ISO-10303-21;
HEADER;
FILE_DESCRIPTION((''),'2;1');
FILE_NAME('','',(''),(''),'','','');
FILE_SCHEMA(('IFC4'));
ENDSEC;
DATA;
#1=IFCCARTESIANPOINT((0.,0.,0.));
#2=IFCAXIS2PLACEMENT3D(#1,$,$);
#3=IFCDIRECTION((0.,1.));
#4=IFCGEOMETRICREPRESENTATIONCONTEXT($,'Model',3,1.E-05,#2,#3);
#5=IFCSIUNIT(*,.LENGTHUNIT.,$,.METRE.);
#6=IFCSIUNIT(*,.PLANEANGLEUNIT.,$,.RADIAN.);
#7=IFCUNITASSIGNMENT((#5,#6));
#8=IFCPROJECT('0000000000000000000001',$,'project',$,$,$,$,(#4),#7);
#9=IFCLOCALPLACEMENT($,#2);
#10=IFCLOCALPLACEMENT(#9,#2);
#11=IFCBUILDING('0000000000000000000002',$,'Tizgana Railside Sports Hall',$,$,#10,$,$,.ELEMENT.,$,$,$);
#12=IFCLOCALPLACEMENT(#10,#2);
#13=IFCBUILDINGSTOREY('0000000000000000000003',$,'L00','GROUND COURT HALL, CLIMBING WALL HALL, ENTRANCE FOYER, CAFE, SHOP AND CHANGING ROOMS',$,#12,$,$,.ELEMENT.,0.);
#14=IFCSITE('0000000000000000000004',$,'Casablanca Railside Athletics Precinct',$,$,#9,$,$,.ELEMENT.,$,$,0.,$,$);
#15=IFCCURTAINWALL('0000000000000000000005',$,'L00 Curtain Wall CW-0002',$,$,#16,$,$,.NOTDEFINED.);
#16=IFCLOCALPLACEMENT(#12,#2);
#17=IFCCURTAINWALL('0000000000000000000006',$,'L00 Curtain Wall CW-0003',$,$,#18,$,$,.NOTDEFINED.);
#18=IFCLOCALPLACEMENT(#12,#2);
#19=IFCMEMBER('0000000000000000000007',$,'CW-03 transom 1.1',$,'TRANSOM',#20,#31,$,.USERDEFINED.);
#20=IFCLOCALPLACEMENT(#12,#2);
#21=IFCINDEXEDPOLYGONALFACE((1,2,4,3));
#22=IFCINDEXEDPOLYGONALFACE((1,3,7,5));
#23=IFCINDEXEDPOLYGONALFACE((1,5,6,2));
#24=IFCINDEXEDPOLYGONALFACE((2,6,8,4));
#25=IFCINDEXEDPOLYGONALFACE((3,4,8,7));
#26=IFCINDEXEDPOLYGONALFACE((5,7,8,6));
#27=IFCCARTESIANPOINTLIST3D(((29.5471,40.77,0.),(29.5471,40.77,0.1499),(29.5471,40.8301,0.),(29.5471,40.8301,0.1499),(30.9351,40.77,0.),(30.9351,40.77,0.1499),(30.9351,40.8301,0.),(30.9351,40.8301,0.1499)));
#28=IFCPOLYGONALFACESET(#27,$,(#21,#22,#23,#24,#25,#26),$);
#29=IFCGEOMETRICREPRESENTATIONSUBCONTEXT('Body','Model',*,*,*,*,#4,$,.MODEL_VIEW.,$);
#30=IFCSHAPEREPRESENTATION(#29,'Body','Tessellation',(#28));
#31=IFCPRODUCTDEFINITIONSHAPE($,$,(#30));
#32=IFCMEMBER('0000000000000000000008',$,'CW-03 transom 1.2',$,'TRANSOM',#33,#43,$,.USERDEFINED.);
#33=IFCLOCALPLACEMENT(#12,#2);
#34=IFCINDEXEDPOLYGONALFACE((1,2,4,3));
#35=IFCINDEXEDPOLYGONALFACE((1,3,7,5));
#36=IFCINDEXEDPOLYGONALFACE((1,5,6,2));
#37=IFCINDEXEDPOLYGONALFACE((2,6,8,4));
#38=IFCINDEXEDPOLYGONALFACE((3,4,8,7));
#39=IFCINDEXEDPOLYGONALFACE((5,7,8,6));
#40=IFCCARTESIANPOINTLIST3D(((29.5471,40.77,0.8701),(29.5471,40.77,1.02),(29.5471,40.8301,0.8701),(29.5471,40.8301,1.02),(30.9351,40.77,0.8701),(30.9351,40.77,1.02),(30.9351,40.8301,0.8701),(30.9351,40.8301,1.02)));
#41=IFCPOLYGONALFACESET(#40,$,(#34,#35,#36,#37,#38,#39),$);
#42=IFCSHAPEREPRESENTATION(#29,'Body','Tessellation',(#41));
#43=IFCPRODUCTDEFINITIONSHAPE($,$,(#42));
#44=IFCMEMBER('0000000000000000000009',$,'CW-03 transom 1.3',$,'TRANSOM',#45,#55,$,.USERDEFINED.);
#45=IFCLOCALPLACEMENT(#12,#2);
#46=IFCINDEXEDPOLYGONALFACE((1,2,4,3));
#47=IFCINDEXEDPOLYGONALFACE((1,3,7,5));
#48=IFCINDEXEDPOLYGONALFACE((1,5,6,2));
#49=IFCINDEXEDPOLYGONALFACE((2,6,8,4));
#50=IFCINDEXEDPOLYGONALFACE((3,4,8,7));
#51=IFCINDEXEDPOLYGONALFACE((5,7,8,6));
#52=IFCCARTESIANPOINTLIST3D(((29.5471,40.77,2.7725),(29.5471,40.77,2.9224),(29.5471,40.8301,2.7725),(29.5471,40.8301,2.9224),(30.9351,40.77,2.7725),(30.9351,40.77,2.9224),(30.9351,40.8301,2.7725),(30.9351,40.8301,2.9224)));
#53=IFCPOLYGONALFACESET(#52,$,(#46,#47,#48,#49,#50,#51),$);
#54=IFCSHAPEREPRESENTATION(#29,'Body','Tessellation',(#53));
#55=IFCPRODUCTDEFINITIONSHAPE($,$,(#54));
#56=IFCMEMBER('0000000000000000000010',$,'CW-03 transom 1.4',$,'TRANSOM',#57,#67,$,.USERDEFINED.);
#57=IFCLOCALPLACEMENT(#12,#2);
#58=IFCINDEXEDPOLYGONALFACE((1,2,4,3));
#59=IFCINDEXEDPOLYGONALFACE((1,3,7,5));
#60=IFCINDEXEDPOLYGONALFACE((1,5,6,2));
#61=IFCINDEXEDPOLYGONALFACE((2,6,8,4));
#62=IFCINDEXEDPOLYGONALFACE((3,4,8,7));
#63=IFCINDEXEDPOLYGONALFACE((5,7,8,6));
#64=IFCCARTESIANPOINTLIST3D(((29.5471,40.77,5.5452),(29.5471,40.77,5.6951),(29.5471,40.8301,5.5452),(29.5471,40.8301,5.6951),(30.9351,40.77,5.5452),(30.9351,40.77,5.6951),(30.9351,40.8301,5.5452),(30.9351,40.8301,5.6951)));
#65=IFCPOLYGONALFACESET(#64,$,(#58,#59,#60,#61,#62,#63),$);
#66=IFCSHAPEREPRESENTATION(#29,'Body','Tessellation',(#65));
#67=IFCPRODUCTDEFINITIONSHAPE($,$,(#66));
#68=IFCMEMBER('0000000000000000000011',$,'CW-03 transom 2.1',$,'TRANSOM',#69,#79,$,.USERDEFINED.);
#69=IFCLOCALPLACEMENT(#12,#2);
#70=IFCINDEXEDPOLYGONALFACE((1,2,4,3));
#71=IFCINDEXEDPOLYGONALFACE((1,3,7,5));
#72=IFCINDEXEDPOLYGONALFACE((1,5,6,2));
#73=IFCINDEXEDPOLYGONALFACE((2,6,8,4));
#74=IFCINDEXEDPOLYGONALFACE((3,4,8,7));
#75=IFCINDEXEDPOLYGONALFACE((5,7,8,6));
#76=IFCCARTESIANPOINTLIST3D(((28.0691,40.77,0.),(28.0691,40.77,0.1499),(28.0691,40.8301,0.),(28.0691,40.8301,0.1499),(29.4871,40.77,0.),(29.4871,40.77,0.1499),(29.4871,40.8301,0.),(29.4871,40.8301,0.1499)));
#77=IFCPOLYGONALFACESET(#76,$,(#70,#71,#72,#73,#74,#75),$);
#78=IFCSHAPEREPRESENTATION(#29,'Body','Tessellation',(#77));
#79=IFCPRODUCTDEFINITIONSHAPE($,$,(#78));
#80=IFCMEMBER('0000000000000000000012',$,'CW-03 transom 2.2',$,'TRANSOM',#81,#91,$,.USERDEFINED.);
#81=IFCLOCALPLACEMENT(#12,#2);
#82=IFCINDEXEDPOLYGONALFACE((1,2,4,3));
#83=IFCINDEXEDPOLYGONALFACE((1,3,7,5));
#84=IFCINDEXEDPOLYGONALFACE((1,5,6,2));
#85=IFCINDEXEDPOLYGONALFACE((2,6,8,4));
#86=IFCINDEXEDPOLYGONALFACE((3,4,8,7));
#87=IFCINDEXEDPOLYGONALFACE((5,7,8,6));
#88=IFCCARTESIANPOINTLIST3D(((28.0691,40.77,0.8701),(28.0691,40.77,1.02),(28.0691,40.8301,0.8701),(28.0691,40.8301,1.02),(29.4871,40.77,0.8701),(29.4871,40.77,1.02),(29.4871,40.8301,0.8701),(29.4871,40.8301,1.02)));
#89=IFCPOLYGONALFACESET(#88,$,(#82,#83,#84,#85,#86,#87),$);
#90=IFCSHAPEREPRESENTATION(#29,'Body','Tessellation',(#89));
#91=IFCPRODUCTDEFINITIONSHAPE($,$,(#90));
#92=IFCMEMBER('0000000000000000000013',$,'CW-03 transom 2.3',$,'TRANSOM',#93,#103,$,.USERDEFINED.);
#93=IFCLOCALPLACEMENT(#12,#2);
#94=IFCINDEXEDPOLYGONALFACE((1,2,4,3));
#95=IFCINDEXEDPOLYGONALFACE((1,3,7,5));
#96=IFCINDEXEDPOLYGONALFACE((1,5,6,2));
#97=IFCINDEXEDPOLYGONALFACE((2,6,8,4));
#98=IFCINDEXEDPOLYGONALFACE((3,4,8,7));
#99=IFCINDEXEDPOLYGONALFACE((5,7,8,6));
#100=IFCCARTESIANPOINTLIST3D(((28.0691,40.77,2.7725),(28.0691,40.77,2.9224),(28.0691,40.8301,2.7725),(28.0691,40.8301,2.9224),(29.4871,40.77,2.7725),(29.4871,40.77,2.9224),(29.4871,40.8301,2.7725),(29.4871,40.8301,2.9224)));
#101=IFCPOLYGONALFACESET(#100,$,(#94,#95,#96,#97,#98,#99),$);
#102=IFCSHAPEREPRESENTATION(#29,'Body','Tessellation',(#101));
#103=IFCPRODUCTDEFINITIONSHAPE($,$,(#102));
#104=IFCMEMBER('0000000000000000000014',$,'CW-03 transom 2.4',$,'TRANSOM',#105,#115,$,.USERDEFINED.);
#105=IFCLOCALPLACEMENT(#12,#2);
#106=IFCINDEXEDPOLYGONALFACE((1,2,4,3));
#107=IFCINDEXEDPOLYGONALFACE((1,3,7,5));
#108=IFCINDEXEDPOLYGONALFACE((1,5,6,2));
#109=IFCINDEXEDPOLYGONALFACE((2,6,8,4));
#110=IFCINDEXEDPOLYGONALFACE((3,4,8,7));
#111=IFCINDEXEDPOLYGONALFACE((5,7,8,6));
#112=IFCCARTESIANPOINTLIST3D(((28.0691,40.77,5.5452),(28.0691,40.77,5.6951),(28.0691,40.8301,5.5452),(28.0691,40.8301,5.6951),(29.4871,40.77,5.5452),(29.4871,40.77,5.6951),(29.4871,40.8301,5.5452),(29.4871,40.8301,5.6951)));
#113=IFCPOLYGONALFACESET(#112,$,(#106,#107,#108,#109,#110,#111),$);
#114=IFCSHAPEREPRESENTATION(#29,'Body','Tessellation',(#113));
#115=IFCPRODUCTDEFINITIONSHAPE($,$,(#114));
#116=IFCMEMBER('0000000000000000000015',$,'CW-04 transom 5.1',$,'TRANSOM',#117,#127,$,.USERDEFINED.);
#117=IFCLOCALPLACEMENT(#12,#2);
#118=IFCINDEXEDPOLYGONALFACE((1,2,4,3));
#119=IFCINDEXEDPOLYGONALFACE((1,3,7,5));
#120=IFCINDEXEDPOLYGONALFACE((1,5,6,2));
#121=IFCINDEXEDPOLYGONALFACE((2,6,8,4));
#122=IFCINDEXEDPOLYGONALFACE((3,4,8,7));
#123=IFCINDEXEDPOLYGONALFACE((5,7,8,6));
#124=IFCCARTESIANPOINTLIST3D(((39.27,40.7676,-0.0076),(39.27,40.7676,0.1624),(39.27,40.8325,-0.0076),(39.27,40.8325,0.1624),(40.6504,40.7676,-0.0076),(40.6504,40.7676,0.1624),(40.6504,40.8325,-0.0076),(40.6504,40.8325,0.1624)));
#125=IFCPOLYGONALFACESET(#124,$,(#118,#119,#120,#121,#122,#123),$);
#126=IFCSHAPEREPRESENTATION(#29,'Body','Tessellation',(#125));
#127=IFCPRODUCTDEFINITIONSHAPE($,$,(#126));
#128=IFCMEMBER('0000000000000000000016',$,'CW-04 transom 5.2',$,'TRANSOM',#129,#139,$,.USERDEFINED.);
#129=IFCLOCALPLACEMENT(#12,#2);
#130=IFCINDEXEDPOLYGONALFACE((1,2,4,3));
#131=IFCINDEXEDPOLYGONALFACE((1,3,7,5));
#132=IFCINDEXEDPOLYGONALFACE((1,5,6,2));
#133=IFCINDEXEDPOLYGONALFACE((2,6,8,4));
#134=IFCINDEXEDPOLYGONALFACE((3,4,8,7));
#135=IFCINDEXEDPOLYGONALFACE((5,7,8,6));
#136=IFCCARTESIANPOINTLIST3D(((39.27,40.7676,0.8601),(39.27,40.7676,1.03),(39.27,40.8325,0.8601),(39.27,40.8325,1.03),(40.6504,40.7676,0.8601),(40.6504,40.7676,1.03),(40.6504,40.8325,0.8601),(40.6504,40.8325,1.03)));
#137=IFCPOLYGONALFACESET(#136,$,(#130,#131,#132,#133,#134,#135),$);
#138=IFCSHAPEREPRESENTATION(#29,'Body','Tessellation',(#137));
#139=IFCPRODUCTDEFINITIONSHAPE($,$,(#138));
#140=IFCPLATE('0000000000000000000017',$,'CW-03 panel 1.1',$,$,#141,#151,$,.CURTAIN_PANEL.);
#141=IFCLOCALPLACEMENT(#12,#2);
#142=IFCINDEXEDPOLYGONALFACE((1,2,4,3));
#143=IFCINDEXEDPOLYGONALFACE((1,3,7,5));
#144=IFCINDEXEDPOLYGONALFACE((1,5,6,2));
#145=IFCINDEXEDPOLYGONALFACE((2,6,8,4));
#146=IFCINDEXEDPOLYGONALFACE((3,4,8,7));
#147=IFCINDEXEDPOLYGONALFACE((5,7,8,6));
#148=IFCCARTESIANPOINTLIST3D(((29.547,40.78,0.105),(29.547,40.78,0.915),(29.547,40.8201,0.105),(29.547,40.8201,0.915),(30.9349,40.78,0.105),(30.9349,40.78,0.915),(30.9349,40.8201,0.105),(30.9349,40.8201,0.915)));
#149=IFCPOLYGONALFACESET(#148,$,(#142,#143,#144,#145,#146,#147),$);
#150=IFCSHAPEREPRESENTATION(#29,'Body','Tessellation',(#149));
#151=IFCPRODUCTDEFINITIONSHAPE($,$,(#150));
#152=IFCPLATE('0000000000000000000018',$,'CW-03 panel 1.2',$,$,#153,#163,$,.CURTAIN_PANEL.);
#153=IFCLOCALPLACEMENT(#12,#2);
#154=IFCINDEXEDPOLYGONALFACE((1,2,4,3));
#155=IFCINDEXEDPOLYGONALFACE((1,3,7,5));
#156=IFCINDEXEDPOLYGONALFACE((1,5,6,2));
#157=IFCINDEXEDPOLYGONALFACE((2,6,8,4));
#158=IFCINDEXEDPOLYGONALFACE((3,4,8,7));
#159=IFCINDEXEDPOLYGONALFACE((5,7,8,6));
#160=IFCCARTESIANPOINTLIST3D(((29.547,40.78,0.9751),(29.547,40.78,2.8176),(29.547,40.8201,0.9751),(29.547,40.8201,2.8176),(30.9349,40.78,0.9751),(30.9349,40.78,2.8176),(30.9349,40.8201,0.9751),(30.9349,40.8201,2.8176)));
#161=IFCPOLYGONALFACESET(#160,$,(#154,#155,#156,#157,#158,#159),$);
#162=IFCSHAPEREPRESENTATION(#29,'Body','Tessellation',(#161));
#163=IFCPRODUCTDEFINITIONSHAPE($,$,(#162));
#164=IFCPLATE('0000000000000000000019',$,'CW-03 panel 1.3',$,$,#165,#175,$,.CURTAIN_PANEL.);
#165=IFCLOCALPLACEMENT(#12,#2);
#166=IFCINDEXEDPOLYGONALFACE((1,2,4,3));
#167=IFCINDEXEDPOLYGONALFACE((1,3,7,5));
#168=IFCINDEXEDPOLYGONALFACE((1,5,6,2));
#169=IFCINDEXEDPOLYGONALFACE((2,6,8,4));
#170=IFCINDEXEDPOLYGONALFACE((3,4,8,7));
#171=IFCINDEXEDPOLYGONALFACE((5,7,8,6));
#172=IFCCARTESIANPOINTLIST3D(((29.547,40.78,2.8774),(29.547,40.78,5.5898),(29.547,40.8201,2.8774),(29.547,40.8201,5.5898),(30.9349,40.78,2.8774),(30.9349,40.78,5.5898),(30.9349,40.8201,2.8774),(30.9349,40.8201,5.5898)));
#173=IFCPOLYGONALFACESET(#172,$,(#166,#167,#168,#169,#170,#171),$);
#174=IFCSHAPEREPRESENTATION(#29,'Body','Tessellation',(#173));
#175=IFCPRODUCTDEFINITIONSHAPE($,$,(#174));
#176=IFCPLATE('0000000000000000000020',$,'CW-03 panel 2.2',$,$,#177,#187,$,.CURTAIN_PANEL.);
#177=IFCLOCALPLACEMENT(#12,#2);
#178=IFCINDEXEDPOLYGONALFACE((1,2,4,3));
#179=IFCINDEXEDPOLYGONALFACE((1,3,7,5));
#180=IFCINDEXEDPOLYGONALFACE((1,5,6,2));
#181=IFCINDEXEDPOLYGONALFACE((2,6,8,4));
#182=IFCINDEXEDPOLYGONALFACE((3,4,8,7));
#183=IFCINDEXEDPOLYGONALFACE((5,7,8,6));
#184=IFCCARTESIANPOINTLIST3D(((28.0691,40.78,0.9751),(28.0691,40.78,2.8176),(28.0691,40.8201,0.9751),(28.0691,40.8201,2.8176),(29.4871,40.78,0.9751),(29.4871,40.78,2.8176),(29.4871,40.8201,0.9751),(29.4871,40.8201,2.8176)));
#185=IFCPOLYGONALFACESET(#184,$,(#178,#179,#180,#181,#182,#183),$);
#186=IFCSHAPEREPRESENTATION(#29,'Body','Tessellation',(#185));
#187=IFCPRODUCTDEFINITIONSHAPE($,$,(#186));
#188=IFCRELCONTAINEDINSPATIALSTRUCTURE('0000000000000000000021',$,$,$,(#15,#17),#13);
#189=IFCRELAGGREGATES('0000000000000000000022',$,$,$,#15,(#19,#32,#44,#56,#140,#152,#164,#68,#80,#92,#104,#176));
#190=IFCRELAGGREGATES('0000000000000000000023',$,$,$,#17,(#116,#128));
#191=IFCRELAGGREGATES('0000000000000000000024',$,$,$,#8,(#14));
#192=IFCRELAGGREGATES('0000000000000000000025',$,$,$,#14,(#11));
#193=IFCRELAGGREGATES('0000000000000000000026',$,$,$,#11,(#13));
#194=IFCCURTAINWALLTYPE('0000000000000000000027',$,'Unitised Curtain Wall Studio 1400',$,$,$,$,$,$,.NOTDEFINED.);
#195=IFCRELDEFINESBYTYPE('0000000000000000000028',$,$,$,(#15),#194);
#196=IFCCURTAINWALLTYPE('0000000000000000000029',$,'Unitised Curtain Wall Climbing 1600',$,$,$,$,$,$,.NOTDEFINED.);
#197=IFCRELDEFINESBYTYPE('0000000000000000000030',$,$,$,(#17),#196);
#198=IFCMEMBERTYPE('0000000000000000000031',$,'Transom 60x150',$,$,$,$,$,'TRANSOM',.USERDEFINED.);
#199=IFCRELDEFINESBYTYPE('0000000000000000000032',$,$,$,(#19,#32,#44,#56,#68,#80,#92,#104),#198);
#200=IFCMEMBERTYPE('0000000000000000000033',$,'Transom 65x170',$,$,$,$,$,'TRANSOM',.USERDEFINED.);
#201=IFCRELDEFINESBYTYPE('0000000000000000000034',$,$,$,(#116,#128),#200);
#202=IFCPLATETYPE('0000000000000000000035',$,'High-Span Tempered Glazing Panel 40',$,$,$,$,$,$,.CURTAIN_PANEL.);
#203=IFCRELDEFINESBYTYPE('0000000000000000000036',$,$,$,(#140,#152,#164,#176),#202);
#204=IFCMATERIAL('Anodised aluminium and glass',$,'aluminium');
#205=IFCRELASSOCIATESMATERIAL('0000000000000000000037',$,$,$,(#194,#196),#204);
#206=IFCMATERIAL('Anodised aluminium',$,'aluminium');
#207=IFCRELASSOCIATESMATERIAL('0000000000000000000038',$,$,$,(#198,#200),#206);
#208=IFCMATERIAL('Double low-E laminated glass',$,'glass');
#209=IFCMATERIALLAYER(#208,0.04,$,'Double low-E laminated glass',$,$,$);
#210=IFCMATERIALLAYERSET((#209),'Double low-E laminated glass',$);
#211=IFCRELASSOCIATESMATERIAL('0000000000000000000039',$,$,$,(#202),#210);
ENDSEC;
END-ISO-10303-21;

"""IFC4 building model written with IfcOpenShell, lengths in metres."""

from ifc_helpers import new_model, si_unit, direction, frame, origin, origin_2d, place, context, subcontext, project, spatial, rectangle, extrude, material, layer, layer_set, material_profile, profile_set, type_object, element, aggregate, save


model = new_model("IFC4")

# Units and contexts
model_context = context("Model", 3, precision=1e-05, world=origin(), true_north=direction((0.0, 1.0)))
body_context = subcontext(model_context, "Body", "Model", "MODEL_VIEW")
ifc_project = project(units=[si_unit("LENGTHUNIT", "METRE"), si_unit("PLANEANGLEUNIT", "RADIAN")], contexts=[model_context])

# Site, building, storey
site_placement = place(None, origin())
site = spatial("IfcSite", under=ifc_project, at=site_placement, Name="Casablanca Railside Athletics Precinct", CompositionType="ELEMENT", RefElevation=0.0)
building_placement = place(site_placement, origin())
building = spatial("IfcBuilding", under=site, at=building_placement, Name="Tizgana Railside Sports Hall", CompositionType="ELEMENT")
storey_placement = place(building_placement, origin())
storey = spatial("IfcBuildingStorey", under=building, at=storey_placement, Name="L00", Description="GROUND COURT HALL, CLIMBING WALL HALL, ENTRANCE FOYER, CAFE, SHOP AND CHANGING ROOMS", CompositionType="ELEMENT", Elevation=0.0)

# Curtain wall
ifc_material_1 = material(Name="Anodised aluminium and glass", Category="aluminium")
curtain_wall_type_1 = type_object("IfcCurtainWallType", Name="Unitised Curtain Wall Studio 1400", PredefinedType="NOTDEFINED", material=ifc_material_1)
curtain_wall_1_placement = place(storey_placement, origin())
curtain_wall_1 = element("IfcCurtainWall", 1, at=curtain_wall_1_placement, inside=storey, type_object=curtain_wall_type_1, Name="L00 Curtain Wall CW-0002", PredefinedType="NOTDEFINED")
ifc_material_2 = material(Name="Anodised aluminium", Category="aluminium")

# Curtain wall
curtain_wall_type_2 = type_object("IfcCurtainWallType", Name="Unitised Curtain Wall Climbing 1600", PredefinedType="NOTDEFINED", material=ifc_material_1)
curtain_wall_2_placement = place(storey_placement, origin())
curtain_wall_2 = element("IfcCurtainWall", 2, at=curtain_wall_2_placement, inside=storey, type_object=curtain_wall_type_2, Name="L00 Curtain Wall CW-0003", PredefinedType="NOTDEFINED")

# Members
ifc_material_profile_1 = material_profile(ifc_material_2, rectangle(XDim=0.0601, YDim=0.1499, at=origin_2d()), Name="Transom 60x150")
ifc_profile_set_1 = profile_set([ifc_material_profile_1], Name="Anodised aluminium")
member_type_1 = type_object("IfcMemberType", Name="Transom 60x150", ElementType="TRANSOM", PredefinedType="USERDEFINED", material=ifc_profile_set_1)
member_1_placement = place(storey_placement, frame((30.9351, 40.8, 0.075), z_axis=(-1.0, 0.0, 0.0), x_axis=(0.0, -1.0, 0.0)))
member_1 = element("IfcMember", 3, at=member_1_placement, type_object=member_type_1, Name="CW-03 transom 1.1", ObjectType="TRANSOM", PredefinedType="USERDEFINED", context=body_context, shape_type="SweptSolid", body=[
    extrude(rectangle(XDim=0.0601, YDim=0.1499, at=origin_2d()), origin(), (0.0, 0.0, 1.0), 1.3879),
])
member_2_placement = place(storey_placement, frame((30.9351, 40.8, 0.9451), z_axis=(-1.0, 0.0, 0.0), x_axis=(0.0, -1.0, 0.0)))
member_2 = element("IfcMember", 4, at=member_2_placement, type_object=member_type_1, Name="CW-03 transom 1.2", ObjectType="TRANSOM", PredefinedType="USERDEFINED", context=body_context, shape_type="SweptSolid", body=[
    extrude(rectangle(XDim=0.0601, YDim=0.1499, at=origin_2d()), origin(), (0.0, 0.0, 1.0), 1.3879),
])
member_3_placement = place(storey_placement, frame((30.9351, 40.8, 2.8474), z_axis=(-1.0, 0.0, 0.0), x_axis=(0.0, -1.0, 0.0)))
member_3 = element("IfcMember", 5, at=member_3_placement, type_object=member_type_1, Name="CW-03 transom 1.3", ObjectType="TRANSOM", PredefinedType="USERDEFINED", context=body_context, shape_type="SweptSolid", body=[
    extrude(rectangle(XDim=0.0601, YDim=0.1499, at=origin_2d()), origin(), (0.0, 0.0, 1.0), 1.3879),
])
member_4_placement = place(storey_placement, frame((30.9351, 40.8, 5.6201), z_axis=(-1.0, 0.0, 0.0), x_axis=(0.0, -1.0, 0.0)))
member_4 = element("IfcMember", 6, at=member_4_placement, type_object=member_type_1, Name="CW-03 transom 1.4", ObjectType="TRANSOM", PredefinedType="USERDEFINED", context=body_context, shape_type="SweptSolid", body=[
    extrude(rectangle(XDim=0.0601, YDim=0.1499, at=origin_2d()), origin(), (0.0, 0.0, 1.0), 1.3879),
])
member_5_placement = place(storey_placement, frame((29.4871, 40.8, 0.075), z_axis=(-1.0, 0.0, 0.0), x_axis=(0.0, -1.0, 0.0)))
member_5 = element("IfcMember", 7, at=member_5_placement, type_object=member_type_1, Name="CW-03 transom 2.1", ObjectType="TRANSOM", PredefinedType="USERDEFINED", context=body_context, shape_type="SweptSolid", body=[
    extrude(rectangle(XDim=0.0601, YDim=0.1499, at=origin_2d()), origin(), (0.0, 0.0, 1.0), 1.418),
])
member_6_placement = place(storey_placement, frame((29.4871, 40.8, 0.9451), z_axis=(-1.0, 0.0, 0.0), x_axis=(0.0, -1.0, 0.0)))
member_6 = element("IfcMember", 8, at=member_6_placement, type_object=member_type_1, Name="CW-03 transom 2.2", ObjectType="TRANSOM", PredefinedType="USERDEFINED", context=body_context, shape_type="SweptSolid", body=[
    extrude(rectangle(XDim=0.0601, YDim=0.1499, at=origin_2d()), origin(), (0.0, 0.0, 1.0), 1.418),
])
member_7_placement = place(storey_placement, frame((29.4871, 40.8, 2.8474), z_axis=(-1.0, 0.0, 0.0), x_axis=(0.0, -1.0, 0.0)))
member_7 = element("IfcMember", 9, at=member_7_placement, type_object=member_type_1, Name="CW-03 transom 2.3", ObjectType="TRANSOM", PredefinedType="USERDEFINED", context=body_context, shape_type="SweptSolid", body=[
    extrude(rectangle(XDim=0.0601, YDim=0.1499, at=origin_2d()), origin(), (0.0, 0.0, 1.0), 1.418),
])
member_8_placement = place(storey_placement, frame((29.4871, 40.8, 5.6201), z_axis=(-1.0, 0.0, 0.0), x_axis=(0.0, -1.0, 0.0)))
member_8 = element("IfcMember", 10, at=member_8_placement, type_object=member_type_1, Name="CW-03 transom 2.4", ObjectType="TRANSOM", PredefinedType="USERDEFINED", context=body_context, shape_type="SweptSolid", body=[
    extrude(rectangle(XDim=0.0601, YDim=0.1499, at=origin_2d()), origin(), (0.0, 0.0, 1.0), 1.418),
])
ifc_material_profile_2 = material_profile(ifc_material_2, rectangle(XDim=0.0649, YDim=0.1699, at=origin_2d()), Name="Transom 65x170")
ifc_profile_set_2 = profile_set([ifc_material_profile_2], Name="Anodised aluminium")
member_type_2 = type_object("IfcMemberType", Name="Transom 65x170", ElementType="TRANSOM", PredefinedType="USERDEFINED", material=ifc_profile_set_2)
member_9_placement = place(storey_placement, frame((40.6504, 40.8, 0.0774), z_axis=(-1.0, 0.0, 0.0), x_axis=(0.0, -1.0, 0.0)))
member_9 = element("IfcMember", 11, at=member_9_placement, type_object=member_type_2, Name="CW-04 transom 5.1", ObjectType="TRANSOM", PredefinedType="USERDEFINED", context=body_context, shape_type="SweptSolid", body=[
    extrude(rectangle(XDim=0.0649, YDim=0.1699, at=origin_2d()), origin(), (0.0, 0.0, 1.0), 1.3804),
])
member_10_placement = place(storey_placement, frame((40.6504, 40.8, 0.9451), z_axis=(-1.0, 0.0, 0.0), x_axis=(0.0, -1.0, 0.0)))
member_10 = element("IfcMember", 12, at=member_10_placement, type_object=member_type_2, Name="CW-04 transom 5.2", ObjectType="TRANSOM", PredefinedType="USERDEFINED", context=body_context, shape_type="SweptSolid", body=[
    extrude(rectangle(XDim=0.0649, YDim=0.1699, at=origin_2d()), origin(), (0.0, 0.0, 1.0), 1.3804),
])

# Plates
ifc_material_3 = material(Name="Double low-E laminated glass", Category="glass")
ifc_layer_1 = layer(ifc_material_3, 0.04, Name="Double low-E laminated glass")
ifc_layer_set_1 = layer_set([ifc_layer_1], Name="Double low-E laminated glass")
plate_type_1 = type_object("IfcPlateType", Name="High-Span Tempered Glazing Panel 40", PredefinedType="CURTAIN_PANEL", material=ifc_layer_set_1)
plate_1_placement = place(storey_placement, frame((30.241, 40.8, 0.105), z_axis=(0.0, 0.0, 1.0), x_axis=(-1.0, 0.0, 0.0)))
plate_1 = element("IfcPlate", 13, at=plate_1_placement, type_object=plate_type_1, Name="CW-03 panel 1.1", PredefinedType="CURTAIN_PANEL", context=body_context, shape_type="SweptSolid", body=[
    extrude(rectangle(XDim=1.3879, YDim=0.04, at=origin_2d()), origin(), (0.0, 0.0, 1.0), 0.8101),
])
plate_2_placement = place(storey_placement, frame((30.241, 40.8, 0.9751), z_axis=(0.0, 0.0, 1.0), x_axis=(-1.0, 0.0, 0.0)))
plate_2 = element("IfcPlate", 14, at=plate_2_placement, type_object=plate_type_1, Name="CW-03 panel 1.2", PredefinedType="CURTAIN_PANEL", context=body_context, shape_type="SweptSolid", body=[
    extrude(rectangle(XDim=1.3879, YDim=0.04, at=origin_2d()), origin(), (0.0, 0.0, 1.0), 1.8425),
])
plate_3_placement = place(storey_placement, frame((30.241, 40.8, 2.8774), z_axis=(0.0, 0.0, 1.0), x_axis=(-1.0, 0.0, 0.0)))
plate_3 = element("IfcPlate", 15, at=plate_3_placement, type_object=plate_type_1, Name="CW-03 panel 1.3", PredefinedType="CURTAIN_PANEL", context=body_context, shape_type="SweptSolid", body=[
    extrude(rectangle(XDim=1.3879, YDim=0.04, at=origin_2d()), origin(), (0.0, 0.0, 1.0), 2.7124),
])
plate_4_placement = place(storey_placement, frame((28.7781, 40.8, 0.9751), z_axis=(0.0, 0.0, 1.0), x_axis=(-1.0, 0.0, 0.0)))
plate_4 = element("IfcPlate", 16, at=plate_4_placement, type_object=plate_type_1, Name="CW-03 panel 2.2", PredefinedType="CURTAIN_PANEL", context=body_context, shape_type="SweptSolid", body=[
    extrude(rectangle(XDim=1.418, YDim=0.04, at=origin_2d()), origin(), (0.0, 0.0, 1.0), 1.8425),
])
aggregate(curtain_wall_1, [member_1, member_2, member_3, member_4, plate_1, plate_2, plate_3, member_5, member_6, member_7, member_8, plate_4])
aggregate(curtain_wall_2, [member_9, member_10])

save(model, "model.ifc")
